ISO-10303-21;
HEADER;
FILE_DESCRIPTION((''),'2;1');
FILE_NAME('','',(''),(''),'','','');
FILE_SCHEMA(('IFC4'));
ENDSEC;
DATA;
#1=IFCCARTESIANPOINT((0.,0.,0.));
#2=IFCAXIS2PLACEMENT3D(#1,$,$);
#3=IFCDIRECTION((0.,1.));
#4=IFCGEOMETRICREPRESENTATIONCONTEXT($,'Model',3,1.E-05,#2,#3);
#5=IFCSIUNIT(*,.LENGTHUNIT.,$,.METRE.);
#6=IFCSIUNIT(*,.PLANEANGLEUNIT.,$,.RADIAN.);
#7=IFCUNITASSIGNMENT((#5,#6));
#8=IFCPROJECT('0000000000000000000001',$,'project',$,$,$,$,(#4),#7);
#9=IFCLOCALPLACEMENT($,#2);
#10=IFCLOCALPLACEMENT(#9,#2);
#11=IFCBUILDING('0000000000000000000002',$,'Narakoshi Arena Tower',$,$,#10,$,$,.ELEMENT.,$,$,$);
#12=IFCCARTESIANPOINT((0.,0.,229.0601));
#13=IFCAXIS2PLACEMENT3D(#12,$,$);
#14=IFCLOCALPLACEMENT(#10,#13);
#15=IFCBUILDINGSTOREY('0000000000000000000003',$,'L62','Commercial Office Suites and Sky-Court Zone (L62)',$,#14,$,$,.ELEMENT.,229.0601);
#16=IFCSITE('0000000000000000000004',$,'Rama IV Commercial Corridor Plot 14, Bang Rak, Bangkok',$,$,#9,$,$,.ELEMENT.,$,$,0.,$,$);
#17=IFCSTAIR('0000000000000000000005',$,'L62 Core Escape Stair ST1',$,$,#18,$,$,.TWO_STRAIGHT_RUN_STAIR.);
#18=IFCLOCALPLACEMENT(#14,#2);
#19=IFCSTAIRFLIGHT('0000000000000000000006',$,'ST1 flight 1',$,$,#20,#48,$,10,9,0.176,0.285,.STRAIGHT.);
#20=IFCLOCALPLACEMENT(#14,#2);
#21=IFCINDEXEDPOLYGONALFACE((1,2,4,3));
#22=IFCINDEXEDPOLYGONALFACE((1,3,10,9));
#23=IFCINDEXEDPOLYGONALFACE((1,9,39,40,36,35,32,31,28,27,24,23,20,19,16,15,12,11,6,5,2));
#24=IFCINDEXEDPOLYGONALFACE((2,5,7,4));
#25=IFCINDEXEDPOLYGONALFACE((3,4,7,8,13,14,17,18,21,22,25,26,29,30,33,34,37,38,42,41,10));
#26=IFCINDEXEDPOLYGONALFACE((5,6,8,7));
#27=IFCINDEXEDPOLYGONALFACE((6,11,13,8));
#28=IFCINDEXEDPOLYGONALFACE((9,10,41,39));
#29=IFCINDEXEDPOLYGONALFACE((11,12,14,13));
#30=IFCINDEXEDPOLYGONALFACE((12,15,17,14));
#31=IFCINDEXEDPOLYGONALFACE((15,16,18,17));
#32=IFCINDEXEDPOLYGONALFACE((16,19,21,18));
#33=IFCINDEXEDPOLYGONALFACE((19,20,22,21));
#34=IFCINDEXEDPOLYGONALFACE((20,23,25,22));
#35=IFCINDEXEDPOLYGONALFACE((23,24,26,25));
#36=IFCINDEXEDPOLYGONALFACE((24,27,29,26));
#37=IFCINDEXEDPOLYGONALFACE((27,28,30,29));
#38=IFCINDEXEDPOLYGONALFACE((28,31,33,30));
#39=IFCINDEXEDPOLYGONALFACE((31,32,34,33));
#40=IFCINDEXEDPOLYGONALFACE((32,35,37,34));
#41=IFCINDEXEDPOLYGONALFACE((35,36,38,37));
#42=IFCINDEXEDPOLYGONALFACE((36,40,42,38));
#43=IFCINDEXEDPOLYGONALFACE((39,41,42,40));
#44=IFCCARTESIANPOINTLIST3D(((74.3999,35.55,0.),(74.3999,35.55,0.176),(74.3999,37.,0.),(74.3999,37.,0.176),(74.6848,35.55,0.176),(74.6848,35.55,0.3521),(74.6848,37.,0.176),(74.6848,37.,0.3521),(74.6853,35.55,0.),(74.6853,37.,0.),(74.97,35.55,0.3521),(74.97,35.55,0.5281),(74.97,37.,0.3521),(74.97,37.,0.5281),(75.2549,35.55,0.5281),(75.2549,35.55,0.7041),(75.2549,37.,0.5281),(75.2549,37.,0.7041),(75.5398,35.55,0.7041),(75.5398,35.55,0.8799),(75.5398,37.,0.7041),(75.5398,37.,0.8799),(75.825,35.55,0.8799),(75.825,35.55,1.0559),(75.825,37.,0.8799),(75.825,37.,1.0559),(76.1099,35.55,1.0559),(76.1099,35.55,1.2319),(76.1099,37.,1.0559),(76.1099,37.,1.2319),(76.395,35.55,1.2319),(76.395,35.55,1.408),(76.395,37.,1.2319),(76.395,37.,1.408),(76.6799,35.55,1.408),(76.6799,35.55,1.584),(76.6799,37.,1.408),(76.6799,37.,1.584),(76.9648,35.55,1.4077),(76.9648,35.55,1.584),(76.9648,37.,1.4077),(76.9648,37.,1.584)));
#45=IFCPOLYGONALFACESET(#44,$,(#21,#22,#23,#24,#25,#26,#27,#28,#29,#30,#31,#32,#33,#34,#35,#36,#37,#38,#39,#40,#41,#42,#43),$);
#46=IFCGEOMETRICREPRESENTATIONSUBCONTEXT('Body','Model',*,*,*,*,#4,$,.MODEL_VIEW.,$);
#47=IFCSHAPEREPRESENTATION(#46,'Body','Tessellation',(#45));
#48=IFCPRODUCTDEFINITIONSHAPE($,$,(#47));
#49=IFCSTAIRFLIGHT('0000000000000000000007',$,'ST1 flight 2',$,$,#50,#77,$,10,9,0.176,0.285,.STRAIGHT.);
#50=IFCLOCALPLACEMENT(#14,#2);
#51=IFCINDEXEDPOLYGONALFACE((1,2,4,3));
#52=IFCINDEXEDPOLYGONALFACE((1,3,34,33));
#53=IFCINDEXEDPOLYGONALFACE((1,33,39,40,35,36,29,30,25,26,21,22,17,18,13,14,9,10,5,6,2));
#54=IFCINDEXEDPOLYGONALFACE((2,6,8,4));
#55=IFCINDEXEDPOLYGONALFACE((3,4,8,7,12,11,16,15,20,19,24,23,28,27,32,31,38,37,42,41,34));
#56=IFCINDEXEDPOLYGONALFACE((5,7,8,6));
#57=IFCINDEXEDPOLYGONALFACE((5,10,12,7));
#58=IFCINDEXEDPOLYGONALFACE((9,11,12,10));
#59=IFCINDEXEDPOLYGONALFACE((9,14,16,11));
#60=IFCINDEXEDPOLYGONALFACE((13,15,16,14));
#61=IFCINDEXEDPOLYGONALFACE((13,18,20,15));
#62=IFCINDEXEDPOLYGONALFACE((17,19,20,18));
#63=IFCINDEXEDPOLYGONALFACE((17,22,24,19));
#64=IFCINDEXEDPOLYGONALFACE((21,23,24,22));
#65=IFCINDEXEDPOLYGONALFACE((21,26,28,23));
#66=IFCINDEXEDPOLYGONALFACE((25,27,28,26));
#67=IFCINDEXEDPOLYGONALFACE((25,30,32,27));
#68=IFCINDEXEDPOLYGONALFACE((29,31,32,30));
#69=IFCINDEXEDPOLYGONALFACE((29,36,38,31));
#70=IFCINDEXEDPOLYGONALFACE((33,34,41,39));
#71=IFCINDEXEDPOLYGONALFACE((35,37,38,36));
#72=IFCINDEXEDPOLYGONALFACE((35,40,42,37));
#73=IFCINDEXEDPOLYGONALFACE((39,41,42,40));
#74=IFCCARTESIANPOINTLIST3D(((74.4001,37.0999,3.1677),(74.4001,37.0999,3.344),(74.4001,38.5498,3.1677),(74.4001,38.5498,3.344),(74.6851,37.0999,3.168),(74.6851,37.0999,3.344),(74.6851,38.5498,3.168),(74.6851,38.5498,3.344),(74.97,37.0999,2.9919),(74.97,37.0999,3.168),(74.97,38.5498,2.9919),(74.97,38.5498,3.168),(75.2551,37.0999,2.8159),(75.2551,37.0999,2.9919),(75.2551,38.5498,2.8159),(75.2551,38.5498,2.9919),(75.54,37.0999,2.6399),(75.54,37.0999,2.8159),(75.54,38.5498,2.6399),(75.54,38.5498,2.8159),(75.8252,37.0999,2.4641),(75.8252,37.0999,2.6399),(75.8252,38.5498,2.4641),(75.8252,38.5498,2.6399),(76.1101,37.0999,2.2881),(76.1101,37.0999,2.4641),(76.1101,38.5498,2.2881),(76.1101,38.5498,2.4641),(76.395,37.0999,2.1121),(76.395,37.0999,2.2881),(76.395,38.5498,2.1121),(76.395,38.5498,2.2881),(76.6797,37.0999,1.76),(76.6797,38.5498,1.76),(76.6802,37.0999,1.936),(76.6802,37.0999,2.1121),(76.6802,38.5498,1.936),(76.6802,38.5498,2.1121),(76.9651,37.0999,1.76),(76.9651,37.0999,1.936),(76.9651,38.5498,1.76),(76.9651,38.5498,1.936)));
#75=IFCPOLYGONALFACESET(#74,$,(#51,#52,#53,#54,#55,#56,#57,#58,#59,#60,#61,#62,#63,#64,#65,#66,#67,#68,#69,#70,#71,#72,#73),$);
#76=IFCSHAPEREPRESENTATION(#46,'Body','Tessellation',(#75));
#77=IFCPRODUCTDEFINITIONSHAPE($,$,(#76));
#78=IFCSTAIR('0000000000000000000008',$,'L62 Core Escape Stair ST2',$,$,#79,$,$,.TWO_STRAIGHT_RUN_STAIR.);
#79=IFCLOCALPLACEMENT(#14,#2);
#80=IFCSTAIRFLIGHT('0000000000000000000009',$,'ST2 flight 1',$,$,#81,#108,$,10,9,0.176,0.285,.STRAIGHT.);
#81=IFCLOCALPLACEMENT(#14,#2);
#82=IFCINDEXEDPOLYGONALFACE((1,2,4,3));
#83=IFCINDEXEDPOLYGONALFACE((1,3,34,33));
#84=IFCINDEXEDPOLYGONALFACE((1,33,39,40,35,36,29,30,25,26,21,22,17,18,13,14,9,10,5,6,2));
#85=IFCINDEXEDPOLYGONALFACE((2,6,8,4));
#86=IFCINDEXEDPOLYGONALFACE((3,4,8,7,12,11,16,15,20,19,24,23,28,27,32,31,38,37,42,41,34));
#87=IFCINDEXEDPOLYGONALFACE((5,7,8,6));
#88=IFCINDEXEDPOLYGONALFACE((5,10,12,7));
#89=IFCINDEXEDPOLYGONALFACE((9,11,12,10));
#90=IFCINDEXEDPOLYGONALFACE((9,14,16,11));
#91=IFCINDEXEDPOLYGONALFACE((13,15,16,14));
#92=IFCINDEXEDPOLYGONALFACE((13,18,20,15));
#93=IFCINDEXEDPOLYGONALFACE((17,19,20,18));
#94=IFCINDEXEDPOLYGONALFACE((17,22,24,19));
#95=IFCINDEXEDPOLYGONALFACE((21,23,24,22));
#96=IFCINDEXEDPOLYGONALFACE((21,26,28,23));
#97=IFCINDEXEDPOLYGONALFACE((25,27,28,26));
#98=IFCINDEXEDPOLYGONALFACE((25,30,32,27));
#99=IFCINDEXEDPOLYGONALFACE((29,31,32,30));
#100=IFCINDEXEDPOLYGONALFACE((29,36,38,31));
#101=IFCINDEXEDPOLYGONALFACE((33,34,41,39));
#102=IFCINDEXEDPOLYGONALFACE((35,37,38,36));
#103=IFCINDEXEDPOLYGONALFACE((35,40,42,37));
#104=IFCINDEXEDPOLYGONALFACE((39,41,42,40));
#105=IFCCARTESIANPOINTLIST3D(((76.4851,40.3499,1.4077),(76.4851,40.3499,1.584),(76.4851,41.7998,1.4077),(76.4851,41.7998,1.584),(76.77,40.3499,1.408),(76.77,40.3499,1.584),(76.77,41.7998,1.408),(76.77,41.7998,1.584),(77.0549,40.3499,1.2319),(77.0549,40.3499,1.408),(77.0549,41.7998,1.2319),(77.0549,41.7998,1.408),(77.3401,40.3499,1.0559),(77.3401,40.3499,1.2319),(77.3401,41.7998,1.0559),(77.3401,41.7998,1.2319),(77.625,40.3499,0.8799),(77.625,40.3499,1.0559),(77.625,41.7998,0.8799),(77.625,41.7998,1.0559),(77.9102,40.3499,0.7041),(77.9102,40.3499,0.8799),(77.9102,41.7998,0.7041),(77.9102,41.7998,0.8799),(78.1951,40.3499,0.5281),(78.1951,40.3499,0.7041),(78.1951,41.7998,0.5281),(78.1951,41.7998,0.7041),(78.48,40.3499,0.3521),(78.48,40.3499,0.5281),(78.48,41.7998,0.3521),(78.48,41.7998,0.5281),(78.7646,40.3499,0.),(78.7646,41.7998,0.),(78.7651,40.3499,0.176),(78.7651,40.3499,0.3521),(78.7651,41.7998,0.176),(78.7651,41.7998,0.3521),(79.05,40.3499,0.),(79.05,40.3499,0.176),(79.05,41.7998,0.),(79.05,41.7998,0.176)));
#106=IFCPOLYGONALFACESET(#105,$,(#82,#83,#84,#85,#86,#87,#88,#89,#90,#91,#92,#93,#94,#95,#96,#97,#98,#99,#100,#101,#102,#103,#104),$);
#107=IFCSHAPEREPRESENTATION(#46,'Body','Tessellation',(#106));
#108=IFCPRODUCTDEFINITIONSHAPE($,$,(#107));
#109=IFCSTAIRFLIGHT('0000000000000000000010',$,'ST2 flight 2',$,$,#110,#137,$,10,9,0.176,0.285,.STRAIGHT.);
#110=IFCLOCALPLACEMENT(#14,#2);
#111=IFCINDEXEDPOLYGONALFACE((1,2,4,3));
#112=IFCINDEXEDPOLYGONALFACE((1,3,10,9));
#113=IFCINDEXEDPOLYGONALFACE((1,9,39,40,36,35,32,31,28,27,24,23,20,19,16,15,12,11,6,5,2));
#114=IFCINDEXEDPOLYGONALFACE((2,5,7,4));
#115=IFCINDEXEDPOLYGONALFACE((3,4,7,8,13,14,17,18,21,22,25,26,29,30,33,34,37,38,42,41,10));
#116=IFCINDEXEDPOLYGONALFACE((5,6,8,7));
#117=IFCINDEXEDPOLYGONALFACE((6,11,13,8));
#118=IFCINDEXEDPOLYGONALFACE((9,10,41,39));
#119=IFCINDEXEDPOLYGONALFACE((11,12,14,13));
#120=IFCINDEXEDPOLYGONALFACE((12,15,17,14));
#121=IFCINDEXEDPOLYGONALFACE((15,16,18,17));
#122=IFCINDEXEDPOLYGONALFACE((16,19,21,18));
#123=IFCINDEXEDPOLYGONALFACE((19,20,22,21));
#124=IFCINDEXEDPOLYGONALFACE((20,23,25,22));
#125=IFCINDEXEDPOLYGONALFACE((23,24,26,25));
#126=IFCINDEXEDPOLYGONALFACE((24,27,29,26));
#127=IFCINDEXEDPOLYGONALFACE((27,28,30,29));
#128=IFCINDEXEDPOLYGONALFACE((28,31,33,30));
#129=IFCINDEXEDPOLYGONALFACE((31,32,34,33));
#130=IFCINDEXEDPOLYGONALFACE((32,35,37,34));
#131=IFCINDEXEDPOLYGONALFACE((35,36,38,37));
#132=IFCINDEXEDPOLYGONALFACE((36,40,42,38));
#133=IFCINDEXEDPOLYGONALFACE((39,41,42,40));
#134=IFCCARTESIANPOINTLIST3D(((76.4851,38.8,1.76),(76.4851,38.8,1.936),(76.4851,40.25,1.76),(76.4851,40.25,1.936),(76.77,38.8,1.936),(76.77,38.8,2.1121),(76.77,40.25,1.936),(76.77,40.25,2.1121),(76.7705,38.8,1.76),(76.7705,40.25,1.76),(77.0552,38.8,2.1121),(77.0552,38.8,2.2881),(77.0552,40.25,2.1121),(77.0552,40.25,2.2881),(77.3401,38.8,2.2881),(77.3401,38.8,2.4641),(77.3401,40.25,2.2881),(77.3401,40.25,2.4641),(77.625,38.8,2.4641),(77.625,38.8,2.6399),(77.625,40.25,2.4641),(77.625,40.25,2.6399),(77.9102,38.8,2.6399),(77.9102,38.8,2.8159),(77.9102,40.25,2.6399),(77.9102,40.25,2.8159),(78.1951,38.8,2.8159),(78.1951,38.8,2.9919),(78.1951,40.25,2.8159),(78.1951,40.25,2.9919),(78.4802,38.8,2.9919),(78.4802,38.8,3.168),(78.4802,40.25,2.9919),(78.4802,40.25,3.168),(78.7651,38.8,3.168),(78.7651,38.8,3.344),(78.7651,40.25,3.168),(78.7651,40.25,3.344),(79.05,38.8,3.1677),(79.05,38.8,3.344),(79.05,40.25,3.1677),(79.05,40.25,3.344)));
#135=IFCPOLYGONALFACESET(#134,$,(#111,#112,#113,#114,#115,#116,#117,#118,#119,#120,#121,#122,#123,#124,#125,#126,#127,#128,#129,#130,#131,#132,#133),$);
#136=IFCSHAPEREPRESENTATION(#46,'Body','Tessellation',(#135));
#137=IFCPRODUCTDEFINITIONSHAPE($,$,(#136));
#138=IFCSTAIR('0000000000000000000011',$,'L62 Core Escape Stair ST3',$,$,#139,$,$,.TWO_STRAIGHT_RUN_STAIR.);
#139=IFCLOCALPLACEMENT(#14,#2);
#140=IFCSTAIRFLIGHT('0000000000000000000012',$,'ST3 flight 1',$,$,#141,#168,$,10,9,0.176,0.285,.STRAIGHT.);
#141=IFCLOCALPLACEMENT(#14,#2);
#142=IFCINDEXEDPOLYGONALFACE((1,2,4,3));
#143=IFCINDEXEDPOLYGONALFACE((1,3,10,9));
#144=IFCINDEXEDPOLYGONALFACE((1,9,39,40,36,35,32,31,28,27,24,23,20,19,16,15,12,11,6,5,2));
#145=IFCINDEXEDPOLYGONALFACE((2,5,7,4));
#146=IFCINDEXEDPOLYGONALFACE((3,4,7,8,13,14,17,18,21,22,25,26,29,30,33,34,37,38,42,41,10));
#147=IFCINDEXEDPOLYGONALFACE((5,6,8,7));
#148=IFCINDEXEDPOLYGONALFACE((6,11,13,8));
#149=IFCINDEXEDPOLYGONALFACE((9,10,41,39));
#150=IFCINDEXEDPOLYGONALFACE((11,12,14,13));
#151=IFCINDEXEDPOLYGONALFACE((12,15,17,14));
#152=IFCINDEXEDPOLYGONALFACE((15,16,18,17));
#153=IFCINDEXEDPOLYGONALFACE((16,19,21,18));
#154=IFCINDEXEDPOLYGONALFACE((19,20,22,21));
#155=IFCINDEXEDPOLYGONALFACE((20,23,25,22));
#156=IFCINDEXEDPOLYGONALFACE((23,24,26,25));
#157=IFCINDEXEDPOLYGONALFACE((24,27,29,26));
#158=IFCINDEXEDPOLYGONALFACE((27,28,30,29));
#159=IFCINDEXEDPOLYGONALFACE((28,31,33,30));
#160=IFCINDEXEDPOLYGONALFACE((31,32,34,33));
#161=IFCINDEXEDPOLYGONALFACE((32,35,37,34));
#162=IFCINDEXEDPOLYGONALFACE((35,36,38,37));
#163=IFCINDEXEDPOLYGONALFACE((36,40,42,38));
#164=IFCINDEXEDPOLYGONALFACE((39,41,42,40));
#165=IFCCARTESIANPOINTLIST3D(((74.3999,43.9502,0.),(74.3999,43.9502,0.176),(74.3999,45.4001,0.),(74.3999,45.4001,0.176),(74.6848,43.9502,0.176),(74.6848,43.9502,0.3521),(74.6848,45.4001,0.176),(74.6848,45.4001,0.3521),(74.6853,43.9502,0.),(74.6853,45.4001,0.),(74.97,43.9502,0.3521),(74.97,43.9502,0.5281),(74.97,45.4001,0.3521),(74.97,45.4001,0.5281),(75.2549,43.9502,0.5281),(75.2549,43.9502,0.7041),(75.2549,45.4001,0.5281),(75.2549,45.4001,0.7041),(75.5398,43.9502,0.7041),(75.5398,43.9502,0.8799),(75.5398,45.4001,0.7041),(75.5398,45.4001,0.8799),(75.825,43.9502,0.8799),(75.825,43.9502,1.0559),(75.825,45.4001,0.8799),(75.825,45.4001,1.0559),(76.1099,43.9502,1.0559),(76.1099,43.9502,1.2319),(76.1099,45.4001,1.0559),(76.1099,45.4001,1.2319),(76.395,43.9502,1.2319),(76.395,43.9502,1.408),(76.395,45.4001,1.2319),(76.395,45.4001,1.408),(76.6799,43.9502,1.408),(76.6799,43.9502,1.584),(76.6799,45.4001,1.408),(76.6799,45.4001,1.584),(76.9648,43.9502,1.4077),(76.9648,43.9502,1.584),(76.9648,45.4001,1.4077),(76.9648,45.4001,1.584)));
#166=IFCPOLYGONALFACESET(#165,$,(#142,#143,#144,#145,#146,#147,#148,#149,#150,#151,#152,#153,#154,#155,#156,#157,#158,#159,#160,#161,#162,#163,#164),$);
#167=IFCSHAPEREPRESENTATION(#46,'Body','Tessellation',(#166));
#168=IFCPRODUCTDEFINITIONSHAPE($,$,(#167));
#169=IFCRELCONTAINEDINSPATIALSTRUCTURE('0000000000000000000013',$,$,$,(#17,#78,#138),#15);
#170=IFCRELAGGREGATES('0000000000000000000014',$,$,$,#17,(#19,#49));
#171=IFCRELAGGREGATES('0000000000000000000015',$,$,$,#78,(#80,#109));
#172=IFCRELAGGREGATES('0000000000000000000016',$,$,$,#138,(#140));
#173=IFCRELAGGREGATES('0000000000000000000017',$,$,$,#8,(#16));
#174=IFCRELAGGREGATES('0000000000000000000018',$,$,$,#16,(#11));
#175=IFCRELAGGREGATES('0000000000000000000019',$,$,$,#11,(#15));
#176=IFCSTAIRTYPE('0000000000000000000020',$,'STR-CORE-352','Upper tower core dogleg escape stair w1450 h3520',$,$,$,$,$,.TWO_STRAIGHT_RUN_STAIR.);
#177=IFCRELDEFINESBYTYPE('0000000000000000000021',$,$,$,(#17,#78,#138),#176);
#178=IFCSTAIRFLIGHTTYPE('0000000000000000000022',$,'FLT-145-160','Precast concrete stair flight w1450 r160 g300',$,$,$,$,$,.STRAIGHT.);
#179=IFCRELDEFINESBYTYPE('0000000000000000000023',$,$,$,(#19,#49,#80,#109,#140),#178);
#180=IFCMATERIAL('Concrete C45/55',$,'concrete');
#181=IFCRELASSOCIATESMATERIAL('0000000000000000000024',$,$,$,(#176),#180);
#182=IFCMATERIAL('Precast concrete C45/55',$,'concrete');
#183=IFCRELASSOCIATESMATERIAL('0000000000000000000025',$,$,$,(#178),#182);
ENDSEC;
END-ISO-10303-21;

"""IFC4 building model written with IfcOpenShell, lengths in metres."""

from ifc_helpers import new_model, si_unit, direction, frame, origin, place, context, subcontext, project, spatial, polyline, outline, extrude, material, type_object, element, aggregate, save


model = new_model("IFC4")

# Units and contexts
model_context = context("Model", 3, precision=1e-05, world=origin(), true_north=direction((0.0, 1.0)))
body_context = subcontext(model_context, "Body", "Model", "MODEL_VIEW")
ifc_project = project(units=[si_unit("LENGTHUNIT", "METRE"), si_unit("PLANEANGLEUNIT", "RADIAN")], contexts=[model_context])

# Site, building, storey
site_placement = place(None, origin())
site = spatial("IfcSite", under=ifc_project, at=site_placement, Name="Rama IV Commercial Corridor Plot 14, Bang Rak, Bangkok", CompositionType="ELEMENT", RefElevation=0.0)
building_placement = place(site_placement, origin())
building = spatial("IfcBuilding", under=site, at=building_placement, Name="Narakoshi Arena Tower", CompositionType="ELEMENT")
storey_placement = place(building_placement, frame((0.0, 0.0, 229.0601)))
storey = spatial("IfcBuildingStorey", under=building, at=storey_placement, Name="L62", Description="Commercial Office Suites and Sky-Court Zone (L62)", CompositionType="ELEMENT", Elevation=229.0601)

# Shared definitions
ifc_material_1 = material(Name="Precast concrete C45/55", Category="concrete")

# Stairs, stair flights
ifc_material_2 = material(Name="Concrete C45/55", Category="concrete")
stair_type = type_object("IfcStairType", Name="STR-CORE-352", Description="Upper tower core dogleg escape stair w1450 h3520", PredefinedType="TWO_STRAIGHT_RUN_STAIR", material=ifc_material_2)
stair_1_placement = place(storey_placement, origin())
stair_1 = element("IfcStair", 1, at=stair_1_placement, inside=storey, type_object=stair_type, Name="L62 Core Escape Stair ST1", PredefinedType="TWO_STRAIGHT_RUN_STAIR")
stair_flight_type = type_object("IfcStairFlightType", Name="FLT-145-160", Description="Precast concrete stair flight w1450 r160 g300", PredefinedType="STRAIGHT", material=ifc_material_1)
stair_flight_1_placement = place(storey_placement, frame((74.3999, 36.2749, 0.0), z_axis=(0.0, 0.0, 1.0), x_axis=(1.0, 0.0, 0.0)))
stair_flight_1 = element("IfcStairFlight", 2, at=stair_flight_1_placement, type_object=stair_flight_type, Name="ST1 flight 1", NumberOfRisers=10, NumberOfTreads=9, PredefinedType="STRAIGHT", RiserHeight=0.176, TreadLength=0.285, context=body_context, shape_type="SweptSolid", body=[
    extrude(outline(polyline([(0.0, 0.0), (0.0, 0.176), (0.2849, 0.176), (0.2849, 0.3521), (0.5701, 0.3521), (0.5701, 0.5281), (0.855, 0.5281), (0.855, 0.7041), (1.1399, 0.7041), (1.1399, 0.8799), (1.425, 0.8799), (1.425, 1.0559), (1.71, 1.0559), (1.71, 1.2319), (1.9951, 1.2319), (1.9951, 1.408), (2.28, 1.408), (2.28, 1.584), (2.5649, 1.584), (2.5649, 1.76), (2.5649, 1.4077), (0.2854, 0.0), (0.0, 0.0)])), frame((0.0, 0.7251, 0.0), z_axis=(0.0, -1.0, 0.0), x_axis=(1.0, 0.0, 0.0)), (0.0, 0.0, 1.0), 1.45),
])
stair_flight_2_placement = place(storey_placement, frame((76.9651, 37.825, 1.76), z_axis=(0.0, 0.0, 1.0), x_axis=(-1.0, 0.0, 0.0)))
stair_flight_2 = element("IfcStairFlight", 3, at=stair_flight_2_placement, type_object=stair_flight_type, Name="ST1 flight 2", NumberOfRisers=10, NumberOfTreads=9, PredefinedType="STRAIGHT", RiserHeight=0.176, TreadLength=0.285, context=body_context, shape_type="SweptSolid", body=[
    extrude(outline(polyline([(0.0, 0.0), (0.0, 0.176), (0.2849, 0.176), (0.2849, 0.3521), (0.5701, 0.3521), (0.5701, 0.5281), (0.855, 0.5281), (0.855, 0.7041), (1.1399, 0.7041), (1.1399, 0.8799), (1.425, 0.8799), (1.425, 1.0559), (1.71, 1.0559), (1.71, 1.2319), (1.9951, 1.2319), (1.9951, 1.408), (2.28, 1.408), (2.28, 1.584), (2.5649, 1.584), (2.5649, 1.76), (2.5649, 1.4077), (0.2854, 0.0), (0.0, 0.0)])), frame((0.0, 0.7251, 0.0), z_axis=(0.0, -1.0, 0.0), x_axis=(1.0, 0.0, 0.0)), (0.0, 0.0, 1.0), 1.45),
])
aggregate(stair_1, [stair_flight_1, stair_flight_2])
stair_2_placement = place(storey_placement, origin())
stair_2 = element("IfcStair", 4, at=stair_2_placement, inside=storey, type_object=stair_type, Name="L62 Core Escape Stair ST2", PredefinedType="TWO_STRAIGHT_RUN_STAIR")
stair_flight_3_placement = place(storey_placement, frame((79.05, 41.075, 0.0), z_axis=(0.0, 0.0, 1.0), x_axis=(-1.0, 0.0, 0.0)))
stair_flight_3 = element("IfcStairFlight", 5, at=stair_flight_3_placement, type_object=stair_flight_type, Name="ST2 flight 1", NumberOfRisers=10, NumberOfTreads=9, PredefinedType="STRAIGHT", RiserHeight=0.176, TreadLength=0.285, context=body_context, shape_type="SweptSolid", body=[
    extrude(outline(polyline([(0.0, 0.0), (0.0, 0.176), (0.2849, 0.176), (0.2849, 0.3521), (0.5701, 0.3521), (0.5701, 0.5281), (0.855, 0.5281), (0.855, 0.7041), (1.1399, 0.7041), (1.1399, 0.8799), (1.425, 0.8799), (1.425, 1.0559), (1.71, 1.0559), (1.71, 1.2319), (1.9951, 1.2319), (1.9951, 1.408), (2.28, 1.408), (2.28, 1.584), (2.5649, 1.584), (2.5649, 1.76), (2.5649, 1.4077), (0.2854, 0.0), (0.0, 0.0)])), frame((0.0, 0.7251, 0.0), z_axis=(0.0, -1.0, 0.0), x_axis=(1.0, 0.0, 0.0)), (0.0, 0.0, 1.0), 1.45),
])
stair_flight_4_placement = place(storey_placement, frame((76.4851, 39.5249, 1.76), z_axis=(0.0, 0.0, 1.0), x_axis=(1.0, 0.0, 0.0)))
stair_flight_4 = element("IfcStairFlight", 6, at=stair_flight_4_placement, type_object=stair_flight_type, Name="ST2 flight 2", NumberOfRisers=10, NumberOfTreads=9, PredefinedType="STRAIGHT", RiserHeight=0.176, TreadLength=0.285, context=body_context, shape_type="SweptSolid", body=[
    extrude(outline(polyline([(0.0, 0.0), (0.0, 0.176), (0.2849, 0.176), (0.2849, 0.3521), (0.5701, 0.3521), (0.5701, 0.5281), (0.855, 0.5281), (0.855, 0.7041), (1.1399, 0.7041), (1.1399, 0.8799), (1.425, 0.8799), (1.425, 1.0559), (1.71, 1.0559), (1.71, 1.2319), (1.9951, 1.2319), (1.9951, 1.408), (2.28, 1.408), (2.28, 1.584), (2.5649, 1.584), (2.5649, 1.76), (2.5649, 1.4077), (0.2854, 0.0), (0.0, 0.0)])), frame((0.0, 0.7251, 0.0), z_axis=(0.0, -1.0, 0.0), x_axis=(1.0, 0.0, 0.0)), (0.0, 0.0, 1.0), 1.45),
])
aggregate(stair_2, [stair_flight_3, stair_flight_4])

# Stair, stair flight
stair_3_placement = place(storey_placement, origin())
stair_3 = element("IfcStair", 7, at=stair_3_placement, inside=storey, type_object=stair_type, Name="L62 Core Escape Stair ST3", PredefinedType="TWO_STRAIGHT_RUN_STAIR")
stair_flight_5_placement = place(storey_placement, frame((74.3999, 44.675, 0.0), z_axis=(0.0, 0.0, 1.0), x_axis=(1.0, 0.0, 0.0)))
stair_flight_5 = element("IfcStairFlight", 8, at=stair_flight_5_placement, type_object=stair_flight_type, Name="ST3 flight 1", NumberOfRisers=10, NumberOfTreads=9, PredefinedType="STRAIGHT", RiserHeight=0.176, TreadLength=0.285, context=body_context, shape_type="SweptSolid", body=[
    extrude(outline(polyline([(0.0, 0.0), (0.0, 0.176), (0.2849, 0.176), (0.2849, 0.3521), (0.5701, 0.3521), (0.5701, 0.5281), (0.855, 0.5281), (0.855, 0.7041), (1.1399, 0.7041), (1.1399, 0.8799), (1.425, 0.8799), (1.425, 1.0559), (1.71, 1.0559), (1.71, 1.2319), (1.9951, 1.2319), (1.9951, 1.408), (2.28, 1.408), (2.28, 1.584), (2.5649, 1.584), (2.5649, 1.76), (2.5649, 1.4077), (0.2854, 0.0), (0.0, 0.0)])), frame((0.0, 0.7251, 0.0), z_axis=(0.0, -1.0, 0.0), x_axis=(1.0, 0.0, 0.0)), (0.0, 0.0, 1.0), 1.45),
])
aggregate(stair_3, [stair_flight_5])

save(model, "model.ifc")
